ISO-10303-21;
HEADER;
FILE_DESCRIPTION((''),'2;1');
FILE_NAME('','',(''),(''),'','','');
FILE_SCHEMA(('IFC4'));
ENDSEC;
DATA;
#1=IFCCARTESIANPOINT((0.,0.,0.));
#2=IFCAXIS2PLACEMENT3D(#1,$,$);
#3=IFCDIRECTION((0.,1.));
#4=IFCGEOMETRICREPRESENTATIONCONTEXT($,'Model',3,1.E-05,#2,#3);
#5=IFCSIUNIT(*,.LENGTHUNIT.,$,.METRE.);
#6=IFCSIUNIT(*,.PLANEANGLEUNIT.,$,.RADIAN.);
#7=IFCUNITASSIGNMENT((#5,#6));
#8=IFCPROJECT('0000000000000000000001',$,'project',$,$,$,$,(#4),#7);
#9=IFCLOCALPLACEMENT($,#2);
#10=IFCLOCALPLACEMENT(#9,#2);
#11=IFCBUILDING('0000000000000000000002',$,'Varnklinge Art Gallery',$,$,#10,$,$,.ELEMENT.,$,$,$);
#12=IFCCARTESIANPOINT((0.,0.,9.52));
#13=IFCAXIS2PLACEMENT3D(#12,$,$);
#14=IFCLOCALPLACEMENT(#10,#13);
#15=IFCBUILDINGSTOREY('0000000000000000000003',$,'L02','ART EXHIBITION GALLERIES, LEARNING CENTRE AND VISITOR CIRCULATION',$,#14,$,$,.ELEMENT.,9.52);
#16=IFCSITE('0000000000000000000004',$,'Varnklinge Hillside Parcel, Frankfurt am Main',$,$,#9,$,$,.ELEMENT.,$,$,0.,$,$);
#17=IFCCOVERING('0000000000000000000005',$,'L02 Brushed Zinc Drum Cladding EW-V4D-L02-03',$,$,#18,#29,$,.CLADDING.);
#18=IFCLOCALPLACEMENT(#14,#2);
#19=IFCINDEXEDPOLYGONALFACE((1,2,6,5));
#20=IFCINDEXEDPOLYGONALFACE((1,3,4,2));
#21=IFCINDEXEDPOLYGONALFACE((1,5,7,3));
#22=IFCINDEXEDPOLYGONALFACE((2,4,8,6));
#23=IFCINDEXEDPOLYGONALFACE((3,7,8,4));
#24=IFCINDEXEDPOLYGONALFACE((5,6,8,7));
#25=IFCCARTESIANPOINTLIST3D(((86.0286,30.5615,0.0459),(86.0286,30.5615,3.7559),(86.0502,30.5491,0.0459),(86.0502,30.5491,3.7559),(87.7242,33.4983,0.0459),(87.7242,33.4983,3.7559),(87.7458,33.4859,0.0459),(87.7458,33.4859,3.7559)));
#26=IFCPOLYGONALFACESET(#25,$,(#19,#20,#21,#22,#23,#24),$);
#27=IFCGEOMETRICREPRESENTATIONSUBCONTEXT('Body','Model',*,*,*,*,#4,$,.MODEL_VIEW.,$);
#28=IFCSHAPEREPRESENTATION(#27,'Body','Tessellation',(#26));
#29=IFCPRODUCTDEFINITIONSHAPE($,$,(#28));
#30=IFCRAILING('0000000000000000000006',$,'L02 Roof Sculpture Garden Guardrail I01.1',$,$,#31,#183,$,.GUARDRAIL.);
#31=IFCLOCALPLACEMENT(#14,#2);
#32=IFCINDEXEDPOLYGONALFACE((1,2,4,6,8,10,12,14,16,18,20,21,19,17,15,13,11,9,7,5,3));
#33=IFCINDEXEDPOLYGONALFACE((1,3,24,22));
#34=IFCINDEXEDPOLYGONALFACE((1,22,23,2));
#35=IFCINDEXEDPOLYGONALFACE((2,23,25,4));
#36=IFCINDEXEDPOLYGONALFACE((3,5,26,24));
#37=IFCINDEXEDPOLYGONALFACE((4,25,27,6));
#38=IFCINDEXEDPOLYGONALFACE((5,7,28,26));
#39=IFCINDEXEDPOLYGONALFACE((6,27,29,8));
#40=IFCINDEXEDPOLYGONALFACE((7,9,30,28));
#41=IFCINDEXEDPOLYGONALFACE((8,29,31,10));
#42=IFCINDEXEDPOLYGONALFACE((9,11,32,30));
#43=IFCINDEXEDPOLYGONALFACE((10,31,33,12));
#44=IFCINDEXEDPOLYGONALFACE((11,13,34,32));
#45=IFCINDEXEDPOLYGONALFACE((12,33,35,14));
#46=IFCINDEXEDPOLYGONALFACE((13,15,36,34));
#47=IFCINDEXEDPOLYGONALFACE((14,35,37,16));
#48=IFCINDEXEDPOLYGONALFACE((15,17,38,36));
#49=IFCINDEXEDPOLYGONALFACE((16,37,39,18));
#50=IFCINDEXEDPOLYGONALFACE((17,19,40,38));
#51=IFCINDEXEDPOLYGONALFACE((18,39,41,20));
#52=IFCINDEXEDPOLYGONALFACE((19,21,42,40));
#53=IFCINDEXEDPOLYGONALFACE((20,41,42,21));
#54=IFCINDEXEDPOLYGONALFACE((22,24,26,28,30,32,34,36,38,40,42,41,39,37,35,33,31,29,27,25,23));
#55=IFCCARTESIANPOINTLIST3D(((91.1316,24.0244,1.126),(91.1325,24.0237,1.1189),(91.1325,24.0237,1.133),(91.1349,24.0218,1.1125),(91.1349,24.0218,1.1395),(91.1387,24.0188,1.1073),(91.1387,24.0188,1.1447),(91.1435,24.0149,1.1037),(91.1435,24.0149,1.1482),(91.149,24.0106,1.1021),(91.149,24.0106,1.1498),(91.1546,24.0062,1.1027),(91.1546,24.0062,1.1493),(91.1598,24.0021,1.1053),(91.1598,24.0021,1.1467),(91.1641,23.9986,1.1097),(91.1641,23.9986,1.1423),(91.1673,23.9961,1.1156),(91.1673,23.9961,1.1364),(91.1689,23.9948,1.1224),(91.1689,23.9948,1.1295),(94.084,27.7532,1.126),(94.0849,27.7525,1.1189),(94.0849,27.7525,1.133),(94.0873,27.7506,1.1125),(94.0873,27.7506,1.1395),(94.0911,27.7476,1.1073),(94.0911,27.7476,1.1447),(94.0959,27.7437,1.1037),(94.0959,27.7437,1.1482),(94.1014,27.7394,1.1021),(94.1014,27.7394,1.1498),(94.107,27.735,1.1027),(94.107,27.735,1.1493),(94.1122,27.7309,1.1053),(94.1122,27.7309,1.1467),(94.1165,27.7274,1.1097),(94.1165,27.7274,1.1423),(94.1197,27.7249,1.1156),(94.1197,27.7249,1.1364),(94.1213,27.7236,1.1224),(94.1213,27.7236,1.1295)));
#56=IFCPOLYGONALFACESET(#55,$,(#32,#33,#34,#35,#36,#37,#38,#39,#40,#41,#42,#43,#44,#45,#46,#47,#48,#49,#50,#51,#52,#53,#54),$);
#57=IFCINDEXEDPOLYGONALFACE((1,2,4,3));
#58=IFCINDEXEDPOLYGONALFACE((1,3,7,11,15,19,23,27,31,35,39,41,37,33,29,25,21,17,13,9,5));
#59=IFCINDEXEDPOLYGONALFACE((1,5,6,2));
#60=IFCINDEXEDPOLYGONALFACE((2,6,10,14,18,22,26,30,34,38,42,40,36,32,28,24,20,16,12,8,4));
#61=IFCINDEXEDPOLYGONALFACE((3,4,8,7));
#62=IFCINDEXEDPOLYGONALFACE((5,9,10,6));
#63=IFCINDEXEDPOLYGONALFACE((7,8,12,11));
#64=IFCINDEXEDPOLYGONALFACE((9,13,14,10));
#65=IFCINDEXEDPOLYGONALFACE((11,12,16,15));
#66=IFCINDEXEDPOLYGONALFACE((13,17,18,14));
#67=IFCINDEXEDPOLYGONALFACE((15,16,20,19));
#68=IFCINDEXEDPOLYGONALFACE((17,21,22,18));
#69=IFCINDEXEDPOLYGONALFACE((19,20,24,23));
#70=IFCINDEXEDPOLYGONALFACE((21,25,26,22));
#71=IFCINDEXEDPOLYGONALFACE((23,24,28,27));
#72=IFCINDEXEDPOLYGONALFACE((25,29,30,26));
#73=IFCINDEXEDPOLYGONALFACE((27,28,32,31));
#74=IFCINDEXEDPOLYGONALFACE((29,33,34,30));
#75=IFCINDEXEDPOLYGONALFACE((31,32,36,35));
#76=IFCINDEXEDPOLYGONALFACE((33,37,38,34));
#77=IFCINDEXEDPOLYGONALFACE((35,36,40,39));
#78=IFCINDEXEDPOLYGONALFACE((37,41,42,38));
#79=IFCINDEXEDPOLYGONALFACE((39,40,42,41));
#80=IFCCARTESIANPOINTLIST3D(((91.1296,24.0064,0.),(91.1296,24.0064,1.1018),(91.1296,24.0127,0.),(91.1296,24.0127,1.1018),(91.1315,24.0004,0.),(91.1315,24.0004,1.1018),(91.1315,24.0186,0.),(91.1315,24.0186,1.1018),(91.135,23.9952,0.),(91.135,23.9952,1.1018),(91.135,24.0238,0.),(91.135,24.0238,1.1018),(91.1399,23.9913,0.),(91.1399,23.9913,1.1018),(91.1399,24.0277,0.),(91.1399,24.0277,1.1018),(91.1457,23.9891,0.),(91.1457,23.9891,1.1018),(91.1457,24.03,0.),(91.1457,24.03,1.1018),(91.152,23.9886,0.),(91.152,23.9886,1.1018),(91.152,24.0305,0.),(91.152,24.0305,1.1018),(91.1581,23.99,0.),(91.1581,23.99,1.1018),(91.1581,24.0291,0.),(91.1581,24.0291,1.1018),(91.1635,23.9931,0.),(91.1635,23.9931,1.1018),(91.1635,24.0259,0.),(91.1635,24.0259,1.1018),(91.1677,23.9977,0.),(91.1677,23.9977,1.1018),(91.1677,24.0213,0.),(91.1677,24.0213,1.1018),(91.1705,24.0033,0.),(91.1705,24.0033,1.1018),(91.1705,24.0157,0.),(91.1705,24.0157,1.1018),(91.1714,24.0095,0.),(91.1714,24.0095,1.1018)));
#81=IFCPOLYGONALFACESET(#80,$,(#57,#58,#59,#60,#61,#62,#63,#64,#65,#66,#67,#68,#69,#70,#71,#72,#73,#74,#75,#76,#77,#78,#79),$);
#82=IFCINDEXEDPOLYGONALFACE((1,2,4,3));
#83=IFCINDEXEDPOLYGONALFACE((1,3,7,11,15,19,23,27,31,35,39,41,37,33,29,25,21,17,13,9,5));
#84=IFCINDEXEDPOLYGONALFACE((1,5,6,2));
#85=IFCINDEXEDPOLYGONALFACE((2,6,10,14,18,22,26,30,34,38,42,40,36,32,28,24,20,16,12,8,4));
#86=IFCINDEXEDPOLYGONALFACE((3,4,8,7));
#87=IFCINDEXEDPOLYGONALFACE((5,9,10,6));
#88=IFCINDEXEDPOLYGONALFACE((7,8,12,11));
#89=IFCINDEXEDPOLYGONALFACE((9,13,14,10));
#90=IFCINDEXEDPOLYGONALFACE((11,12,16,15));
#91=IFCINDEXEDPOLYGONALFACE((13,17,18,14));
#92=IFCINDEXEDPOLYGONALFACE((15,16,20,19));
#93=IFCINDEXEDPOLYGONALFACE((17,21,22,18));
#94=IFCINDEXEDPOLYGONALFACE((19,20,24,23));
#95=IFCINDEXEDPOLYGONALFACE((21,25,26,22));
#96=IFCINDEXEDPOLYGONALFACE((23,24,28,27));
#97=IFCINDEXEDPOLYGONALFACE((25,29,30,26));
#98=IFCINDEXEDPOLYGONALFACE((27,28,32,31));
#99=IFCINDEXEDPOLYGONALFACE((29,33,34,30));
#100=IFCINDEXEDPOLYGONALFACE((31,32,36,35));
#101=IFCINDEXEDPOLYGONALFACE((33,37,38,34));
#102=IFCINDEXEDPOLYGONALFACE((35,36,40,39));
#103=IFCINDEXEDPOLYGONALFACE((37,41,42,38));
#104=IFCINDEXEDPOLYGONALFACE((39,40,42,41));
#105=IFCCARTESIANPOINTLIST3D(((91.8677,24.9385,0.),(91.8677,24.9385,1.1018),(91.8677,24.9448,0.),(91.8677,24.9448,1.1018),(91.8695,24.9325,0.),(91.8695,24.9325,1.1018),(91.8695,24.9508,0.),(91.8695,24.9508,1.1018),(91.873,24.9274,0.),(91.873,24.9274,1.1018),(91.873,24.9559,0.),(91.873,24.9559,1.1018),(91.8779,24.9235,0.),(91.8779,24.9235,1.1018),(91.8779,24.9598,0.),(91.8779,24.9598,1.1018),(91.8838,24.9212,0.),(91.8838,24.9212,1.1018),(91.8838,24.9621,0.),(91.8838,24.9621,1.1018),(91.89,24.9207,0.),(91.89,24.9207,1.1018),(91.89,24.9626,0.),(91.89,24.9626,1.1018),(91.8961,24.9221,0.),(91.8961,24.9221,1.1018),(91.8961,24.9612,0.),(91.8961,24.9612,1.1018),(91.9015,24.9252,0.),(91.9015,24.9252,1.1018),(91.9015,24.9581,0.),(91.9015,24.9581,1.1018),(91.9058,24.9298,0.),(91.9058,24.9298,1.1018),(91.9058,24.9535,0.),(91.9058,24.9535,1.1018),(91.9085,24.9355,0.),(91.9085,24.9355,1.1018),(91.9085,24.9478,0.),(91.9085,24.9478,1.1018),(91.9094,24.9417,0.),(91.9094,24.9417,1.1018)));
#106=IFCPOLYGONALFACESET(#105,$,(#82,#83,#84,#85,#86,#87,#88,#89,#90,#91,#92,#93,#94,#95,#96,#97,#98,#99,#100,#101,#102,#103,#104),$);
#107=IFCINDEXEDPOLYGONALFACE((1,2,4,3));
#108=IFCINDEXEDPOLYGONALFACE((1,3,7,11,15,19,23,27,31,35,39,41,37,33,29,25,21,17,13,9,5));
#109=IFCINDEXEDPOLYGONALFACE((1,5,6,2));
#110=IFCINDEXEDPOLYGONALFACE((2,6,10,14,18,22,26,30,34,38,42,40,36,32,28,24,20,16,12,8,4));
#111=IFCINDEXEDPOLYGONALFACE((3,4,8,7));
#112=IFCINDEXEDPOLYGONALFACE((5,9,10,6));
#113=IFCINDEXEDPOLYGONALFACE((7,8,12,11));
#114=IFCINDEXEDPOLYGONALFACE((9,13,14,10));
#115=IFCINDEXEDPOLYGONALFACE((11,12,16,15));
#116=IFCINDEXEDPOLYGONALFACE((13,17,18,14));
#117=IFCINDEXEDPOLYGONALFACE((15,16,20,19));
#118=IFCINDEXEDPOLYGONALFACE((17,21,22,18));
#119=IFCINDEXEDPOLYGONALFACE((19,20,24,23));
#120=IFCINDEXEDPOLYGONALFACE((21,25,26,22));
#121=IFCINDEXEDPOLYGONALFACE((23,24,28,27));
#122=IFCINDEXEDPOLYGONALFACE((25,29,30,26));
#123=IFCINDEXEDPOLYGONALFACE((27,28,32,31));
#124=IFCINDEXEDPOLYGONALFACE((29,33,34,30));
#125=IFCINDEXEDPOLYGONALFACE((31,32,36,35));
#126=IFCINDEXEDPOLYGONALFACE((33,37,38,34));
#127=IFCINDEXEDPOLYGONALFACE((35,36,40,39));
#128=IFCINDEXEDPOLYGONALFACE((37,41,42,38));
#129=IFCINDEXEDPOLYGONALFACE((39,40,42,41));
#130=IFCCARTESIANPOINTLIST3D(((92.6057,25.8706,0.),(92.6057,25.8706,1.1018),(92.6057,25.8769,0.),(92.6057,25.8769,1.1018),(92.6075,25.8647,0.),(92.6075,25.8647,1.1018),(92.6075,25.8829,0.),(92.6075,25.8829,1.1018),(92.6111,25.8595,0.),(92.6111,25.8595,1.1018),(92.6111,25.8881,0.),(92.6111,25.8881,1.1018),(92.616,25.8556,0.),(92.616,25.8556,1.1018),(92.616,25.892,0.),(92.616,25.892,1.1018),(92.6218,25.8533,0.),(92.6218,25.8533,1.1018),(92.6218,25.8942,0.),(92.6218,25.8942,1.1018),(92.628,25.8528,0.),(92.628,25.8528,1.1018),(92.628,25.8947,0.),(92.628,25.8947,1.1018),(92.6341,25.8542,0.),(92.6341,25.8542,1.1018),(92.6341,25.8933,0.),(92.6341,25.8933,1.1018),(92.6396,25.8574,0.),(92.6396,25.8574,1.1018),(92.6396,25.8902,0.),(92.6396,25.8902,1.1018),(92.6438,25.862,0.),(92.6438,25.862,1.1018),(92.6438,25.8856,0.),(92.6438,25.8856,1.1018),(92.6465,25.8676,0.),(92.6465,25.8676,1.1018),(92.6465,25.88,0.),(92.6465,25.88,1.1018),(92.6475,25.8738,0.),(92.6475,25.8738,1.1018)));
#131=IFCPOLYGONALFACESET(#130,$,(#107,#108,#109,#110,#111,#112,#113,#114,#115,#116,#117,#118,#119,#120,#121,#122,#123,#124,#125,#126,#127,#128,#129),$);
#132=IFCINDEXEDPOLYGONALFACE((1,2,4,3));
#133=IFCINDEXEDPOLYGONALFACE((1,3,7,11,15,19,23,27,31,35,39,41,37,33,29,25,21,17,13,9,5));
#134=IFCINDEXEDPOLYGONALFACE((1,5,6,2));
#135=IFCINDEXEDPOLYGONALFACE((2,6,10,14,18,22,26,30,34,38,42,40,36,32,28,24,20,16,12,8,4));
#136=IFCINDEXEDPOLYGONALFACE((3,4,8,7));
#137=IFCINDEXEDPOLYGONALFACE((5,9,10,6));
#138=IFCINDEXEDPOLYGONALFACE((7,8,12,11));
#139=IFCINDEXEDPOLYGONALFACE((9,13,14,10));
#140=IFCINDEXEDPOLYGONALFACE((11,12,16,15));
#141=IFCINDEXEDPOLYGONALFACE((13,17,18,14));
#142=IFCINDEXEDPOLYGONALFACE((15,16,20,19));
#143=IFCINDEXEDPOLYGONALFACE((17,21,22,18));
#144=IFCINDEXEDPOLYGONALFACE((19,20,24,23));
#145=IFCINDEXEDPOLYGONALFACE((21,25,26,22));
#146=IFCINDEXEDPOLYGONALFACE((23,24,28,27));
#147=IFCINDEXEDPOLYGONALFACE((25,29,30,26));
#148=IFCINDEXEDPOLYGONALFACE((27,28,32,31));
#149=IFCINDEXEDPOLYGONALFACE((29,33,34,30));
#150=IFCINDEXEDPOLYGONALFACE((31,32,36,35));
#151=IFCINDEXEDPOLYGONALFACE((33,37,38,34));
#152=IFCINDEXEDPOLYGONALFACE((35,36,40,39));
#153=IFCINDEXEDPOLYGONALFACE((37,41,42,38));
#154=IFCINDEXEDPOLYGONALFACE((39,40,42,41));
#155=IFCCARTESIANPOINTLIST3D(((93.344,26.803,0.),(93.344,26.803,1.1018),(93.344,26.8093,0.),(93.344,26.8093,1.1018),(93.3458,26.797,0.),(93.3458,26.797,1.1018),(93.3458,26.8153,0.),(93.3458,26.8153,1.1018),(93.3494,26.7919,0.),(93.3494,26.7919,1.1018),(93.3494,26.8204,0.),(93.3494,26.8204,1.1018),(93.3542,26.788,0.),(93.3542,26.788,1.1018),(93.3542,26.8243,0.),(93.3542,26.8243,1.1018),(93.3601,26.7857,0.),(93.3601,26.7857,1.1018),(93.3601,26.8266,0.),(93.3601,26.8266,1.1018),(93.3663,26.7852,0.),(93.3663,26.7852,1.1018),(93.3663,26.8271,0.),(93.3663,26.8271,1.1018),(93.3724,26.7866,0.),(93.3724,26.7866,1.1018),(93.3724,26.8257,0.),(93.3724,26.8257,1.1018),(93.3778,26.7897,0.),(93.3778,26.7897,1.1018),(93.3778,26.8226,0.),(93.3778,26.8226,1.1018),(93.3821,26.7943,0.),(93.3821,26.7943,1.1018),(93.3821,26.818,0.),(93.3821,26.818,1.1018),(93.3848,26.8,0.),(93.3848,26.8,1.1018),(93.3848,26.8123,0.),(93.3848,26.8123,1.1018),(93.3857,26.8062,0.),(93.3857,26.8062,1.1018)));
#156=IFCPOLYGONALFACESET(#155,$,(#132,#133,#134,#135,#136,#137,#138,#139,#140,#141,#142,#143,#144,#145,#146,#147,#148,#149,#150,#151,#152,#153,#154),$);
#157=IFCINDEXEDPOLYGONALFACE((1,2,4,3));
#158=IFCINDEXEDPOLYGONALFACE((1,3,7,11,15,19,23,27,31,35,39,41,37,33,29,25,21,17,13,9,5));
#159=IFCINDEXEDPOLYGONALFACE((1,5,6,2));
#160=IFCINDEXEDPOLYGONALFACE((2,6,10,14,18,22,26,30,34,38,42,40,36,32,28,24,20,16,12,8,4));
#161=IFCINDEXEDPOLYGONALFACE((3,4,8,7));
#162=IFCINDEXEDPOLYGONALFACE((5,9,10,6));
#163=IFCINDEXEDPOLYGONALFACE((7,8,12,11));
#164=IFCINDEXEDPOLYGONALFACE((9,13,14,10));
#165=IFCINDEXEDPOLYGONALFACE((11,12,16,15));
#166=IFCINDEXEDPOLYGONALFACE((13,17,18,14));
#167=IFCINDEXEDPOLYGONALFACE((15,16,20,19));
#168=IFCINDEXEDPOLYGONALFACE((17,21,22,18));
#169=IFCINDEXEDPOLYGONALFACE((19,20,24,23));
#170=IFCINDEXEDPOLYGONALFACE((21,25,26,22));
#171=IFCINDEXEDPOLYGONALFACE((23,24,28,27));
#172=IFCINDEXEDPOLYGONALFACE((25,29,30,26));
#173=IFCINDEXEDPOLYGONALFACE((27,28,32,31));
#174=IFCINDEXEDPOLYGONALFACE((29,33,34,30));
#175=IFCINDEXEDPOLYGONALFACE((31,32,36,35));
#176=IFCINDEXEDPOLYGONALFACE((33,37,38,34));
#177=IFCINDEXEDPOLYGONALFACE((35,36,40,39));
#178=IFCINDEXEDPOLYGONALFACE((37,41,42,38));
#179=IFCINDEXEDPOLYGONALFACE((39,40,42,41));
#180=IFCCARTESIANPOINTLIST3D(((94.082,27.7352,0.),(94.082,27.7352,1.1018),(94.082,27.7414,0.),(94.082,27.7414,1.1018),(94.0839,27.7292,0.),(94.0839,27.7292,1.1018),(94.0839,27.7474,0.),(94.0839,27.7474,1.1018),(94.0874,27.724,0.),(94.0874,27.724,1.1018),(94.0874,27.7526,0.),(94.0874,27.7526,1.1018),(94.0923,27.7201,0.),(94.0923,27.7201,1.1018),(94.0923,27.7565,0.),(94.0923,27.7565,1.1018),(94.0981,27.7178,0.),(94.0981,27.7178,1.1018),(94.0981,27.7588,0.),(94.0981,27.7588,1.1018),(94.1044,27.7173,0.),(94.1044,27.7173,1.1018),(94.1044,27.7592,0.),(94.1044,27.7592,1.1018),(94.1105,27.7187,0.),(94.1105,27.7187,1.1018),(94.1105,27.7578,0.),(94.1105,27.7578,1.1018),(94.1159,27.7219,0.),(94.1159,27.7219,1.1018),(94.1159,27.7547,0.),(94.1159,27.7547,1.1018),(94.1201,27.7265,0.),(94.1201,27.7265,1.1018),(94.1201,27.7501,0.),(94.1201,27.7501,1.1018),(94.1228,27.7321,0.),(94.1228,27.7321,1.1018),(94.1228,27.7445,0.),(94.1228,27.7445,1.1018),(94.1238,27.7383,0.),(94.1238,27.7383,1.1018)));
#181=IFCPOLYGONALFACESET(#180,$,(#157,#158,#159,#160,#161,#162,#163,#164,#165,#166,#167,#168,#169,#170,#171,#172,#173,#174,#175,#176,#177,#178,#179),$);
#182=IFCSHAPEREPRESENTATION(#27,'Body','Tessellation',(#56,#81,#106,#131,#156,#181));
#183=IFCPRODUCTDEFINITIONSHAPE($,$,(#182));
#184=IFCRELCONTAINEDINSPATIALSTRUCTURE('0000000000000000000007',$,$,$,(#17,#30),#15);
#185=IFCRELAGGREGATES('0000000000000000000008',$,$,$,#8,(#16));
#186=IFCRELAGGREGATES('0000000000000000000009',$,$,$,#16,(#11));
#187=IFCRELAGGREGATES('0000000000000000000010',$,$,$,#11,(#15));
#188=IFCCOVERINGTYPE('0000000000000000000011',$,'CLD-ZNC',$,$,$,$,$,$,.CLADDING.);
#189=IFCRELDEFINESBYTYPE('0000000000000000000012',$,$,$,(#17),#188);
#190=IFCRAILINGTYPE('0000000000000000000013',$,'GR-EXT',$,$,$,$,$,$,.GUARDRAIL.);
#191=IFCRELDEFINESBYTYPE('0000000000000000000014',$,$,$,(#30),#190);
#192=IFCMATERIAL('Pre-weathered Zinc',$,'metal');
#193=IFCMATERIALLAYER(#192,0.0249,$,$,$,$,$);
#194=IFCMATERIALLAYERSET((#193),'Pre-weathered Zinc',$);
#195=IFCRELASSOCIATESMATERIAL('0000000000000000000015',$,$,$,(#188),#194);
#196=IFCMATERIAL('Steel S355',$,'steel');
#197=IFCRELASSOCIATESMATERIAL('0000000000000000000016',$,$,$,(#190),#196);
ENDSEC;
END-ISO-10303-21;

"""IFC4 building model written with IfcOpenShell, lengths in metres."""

from ifc_helpers import new_model, si_unit, direction, frame, origin, origin_2d, place, context, subcontext, project, spatial, rectangle, circle, extrude, material, layer, layer_set, type_object, element, save


model = new_model("IFC4")

# Units and contexts
model_context = context("Model", 3, precision=1e-05, world=origin(), true_north=direction((0.0, 1.0)))
body_context = subcontext(model_context, "Body", "Model", "MODEL_VIEW")
ifc_project = project(units=[si_unit("LENGTHUNIT", "METRE"), si_unit("PLANEANGLEUNIT", "RADIAN")], contexts=[model_context])

# Site, building, storey
site_placement = place(None, origin())
site = spatial("IfcSite", under=ifc_project, at=site_placement, Name="Varnklinge Hillside Parcel, Frankfurt am Main", CompositionType="ELEMENT", RefElevation=0.0)
building_placement = place(site_placement, origin())
building = spatial("IfcBuilding", under=site, at=building_placement, Name="Varnklinge Art Gallery", CompositionType="ELEMENT")
storey_placement = place(building_placement, frame((0.0, 0.0, 9.52)))
storey = spatial("IfcBuildingStorey", under=building, at=storey_placement, Name="L02", Description="ART EXHIBITION GALLERIES, LEARNING CENTRE AND VISITOR CIRCULATION", CompositionType="ELEMENT", Elevation=9.52)

# Covering
ifc_material_1 = material(Name="Pre-weathered Zinc", Category="metal")
ifc_layer_1 = layer(ifc_material_1, 0.0249)
ifc_layer_set_1 = layer_set([ifc_layer_1], Name="Pre-weathered Zinc")
covering_type = type_object("IfcCoveringType", Name="CLD-ZNC", PredefinedType="CLADDING", material=ifc_layer_set_1)
covering_placement = place(storey_placement, frame((86.8872, 32.0237, 0.0459), z_axis=(0.0, 0.0, 1.0), x_axis=(-0.5, -0.866025, 0.0)))
element("IfcCovering", 1, at=covering_placement, inside=storey, type_object=covering_type, Name="L02 Brushed Zinc Drum Cladding EW-V4D-L02-03", PredefinedType="CLADDING", context=body_context, shape_type="SweptSolid", body=[
    extrude(rectangle(XDim=3.3911, YDim=0.0249, at=origin_2d()), origin(), (0.0, 0.0, 1.0), 3.71),
])

# Railing
ifc_material_2 = material(Name="Steel S355", Category="steel")
railing_type = type_object("IfcRailingType", Name="GR-EXT", PredefinedType="GUARDRAIL", material=ifc_material_2)
railing_1_placement = place(storey_placement, frame((91.1504, 24.0095, 0.0)))
element("IfcRailing", 2, at=railing_1_placement, inside=storey, type_object=railing_type, Name="L02 Roof Sculpture Garden Guardrail I01.1", PredefinedType="GUARDRAIL", context=body_context, shape_type="SweptSolid", body=[
    extrude(circle(Radius=0.0239, at=origin_2d()), frame((0.0, 0.0, 1.126), z_axis=(0.620762, 0.783999, 0.0), x_axis=(-0.783999, 0.620762, 0.0)), (0.0, 0.0, 1.0), 4.7561),
    extrude(circle(Radius=0.021, at=origin_2d()), origin(), (0.0, 0.0, 1.0), 1.1018),
    extrude(circle(Radius=0.021, at=origin_2d()), frame((0.738, 0.9321, 0.0)), (0.0, 0.0, 1.0), 1.1018),
    extrude(circle(Radius=0.021, at=origin_2d()), frame((1.4761, 1.8643, 0.0)), (0.0, 0.0, 1.0), 1.1018),
    extrude(circle(Radius=0.021, at=origin_2d()), frame((2.2144, 2.7966, 0.0)), (0.0, 0.0, 1.0), 1.1018),
    extrude(circle(Radius=0.021, at=origin_2d()), frame((2.9524, 3.7288, 0.0)), (0.0, 0.0, 1.0), 1.1018),
])

save(model, "model.ifc")
